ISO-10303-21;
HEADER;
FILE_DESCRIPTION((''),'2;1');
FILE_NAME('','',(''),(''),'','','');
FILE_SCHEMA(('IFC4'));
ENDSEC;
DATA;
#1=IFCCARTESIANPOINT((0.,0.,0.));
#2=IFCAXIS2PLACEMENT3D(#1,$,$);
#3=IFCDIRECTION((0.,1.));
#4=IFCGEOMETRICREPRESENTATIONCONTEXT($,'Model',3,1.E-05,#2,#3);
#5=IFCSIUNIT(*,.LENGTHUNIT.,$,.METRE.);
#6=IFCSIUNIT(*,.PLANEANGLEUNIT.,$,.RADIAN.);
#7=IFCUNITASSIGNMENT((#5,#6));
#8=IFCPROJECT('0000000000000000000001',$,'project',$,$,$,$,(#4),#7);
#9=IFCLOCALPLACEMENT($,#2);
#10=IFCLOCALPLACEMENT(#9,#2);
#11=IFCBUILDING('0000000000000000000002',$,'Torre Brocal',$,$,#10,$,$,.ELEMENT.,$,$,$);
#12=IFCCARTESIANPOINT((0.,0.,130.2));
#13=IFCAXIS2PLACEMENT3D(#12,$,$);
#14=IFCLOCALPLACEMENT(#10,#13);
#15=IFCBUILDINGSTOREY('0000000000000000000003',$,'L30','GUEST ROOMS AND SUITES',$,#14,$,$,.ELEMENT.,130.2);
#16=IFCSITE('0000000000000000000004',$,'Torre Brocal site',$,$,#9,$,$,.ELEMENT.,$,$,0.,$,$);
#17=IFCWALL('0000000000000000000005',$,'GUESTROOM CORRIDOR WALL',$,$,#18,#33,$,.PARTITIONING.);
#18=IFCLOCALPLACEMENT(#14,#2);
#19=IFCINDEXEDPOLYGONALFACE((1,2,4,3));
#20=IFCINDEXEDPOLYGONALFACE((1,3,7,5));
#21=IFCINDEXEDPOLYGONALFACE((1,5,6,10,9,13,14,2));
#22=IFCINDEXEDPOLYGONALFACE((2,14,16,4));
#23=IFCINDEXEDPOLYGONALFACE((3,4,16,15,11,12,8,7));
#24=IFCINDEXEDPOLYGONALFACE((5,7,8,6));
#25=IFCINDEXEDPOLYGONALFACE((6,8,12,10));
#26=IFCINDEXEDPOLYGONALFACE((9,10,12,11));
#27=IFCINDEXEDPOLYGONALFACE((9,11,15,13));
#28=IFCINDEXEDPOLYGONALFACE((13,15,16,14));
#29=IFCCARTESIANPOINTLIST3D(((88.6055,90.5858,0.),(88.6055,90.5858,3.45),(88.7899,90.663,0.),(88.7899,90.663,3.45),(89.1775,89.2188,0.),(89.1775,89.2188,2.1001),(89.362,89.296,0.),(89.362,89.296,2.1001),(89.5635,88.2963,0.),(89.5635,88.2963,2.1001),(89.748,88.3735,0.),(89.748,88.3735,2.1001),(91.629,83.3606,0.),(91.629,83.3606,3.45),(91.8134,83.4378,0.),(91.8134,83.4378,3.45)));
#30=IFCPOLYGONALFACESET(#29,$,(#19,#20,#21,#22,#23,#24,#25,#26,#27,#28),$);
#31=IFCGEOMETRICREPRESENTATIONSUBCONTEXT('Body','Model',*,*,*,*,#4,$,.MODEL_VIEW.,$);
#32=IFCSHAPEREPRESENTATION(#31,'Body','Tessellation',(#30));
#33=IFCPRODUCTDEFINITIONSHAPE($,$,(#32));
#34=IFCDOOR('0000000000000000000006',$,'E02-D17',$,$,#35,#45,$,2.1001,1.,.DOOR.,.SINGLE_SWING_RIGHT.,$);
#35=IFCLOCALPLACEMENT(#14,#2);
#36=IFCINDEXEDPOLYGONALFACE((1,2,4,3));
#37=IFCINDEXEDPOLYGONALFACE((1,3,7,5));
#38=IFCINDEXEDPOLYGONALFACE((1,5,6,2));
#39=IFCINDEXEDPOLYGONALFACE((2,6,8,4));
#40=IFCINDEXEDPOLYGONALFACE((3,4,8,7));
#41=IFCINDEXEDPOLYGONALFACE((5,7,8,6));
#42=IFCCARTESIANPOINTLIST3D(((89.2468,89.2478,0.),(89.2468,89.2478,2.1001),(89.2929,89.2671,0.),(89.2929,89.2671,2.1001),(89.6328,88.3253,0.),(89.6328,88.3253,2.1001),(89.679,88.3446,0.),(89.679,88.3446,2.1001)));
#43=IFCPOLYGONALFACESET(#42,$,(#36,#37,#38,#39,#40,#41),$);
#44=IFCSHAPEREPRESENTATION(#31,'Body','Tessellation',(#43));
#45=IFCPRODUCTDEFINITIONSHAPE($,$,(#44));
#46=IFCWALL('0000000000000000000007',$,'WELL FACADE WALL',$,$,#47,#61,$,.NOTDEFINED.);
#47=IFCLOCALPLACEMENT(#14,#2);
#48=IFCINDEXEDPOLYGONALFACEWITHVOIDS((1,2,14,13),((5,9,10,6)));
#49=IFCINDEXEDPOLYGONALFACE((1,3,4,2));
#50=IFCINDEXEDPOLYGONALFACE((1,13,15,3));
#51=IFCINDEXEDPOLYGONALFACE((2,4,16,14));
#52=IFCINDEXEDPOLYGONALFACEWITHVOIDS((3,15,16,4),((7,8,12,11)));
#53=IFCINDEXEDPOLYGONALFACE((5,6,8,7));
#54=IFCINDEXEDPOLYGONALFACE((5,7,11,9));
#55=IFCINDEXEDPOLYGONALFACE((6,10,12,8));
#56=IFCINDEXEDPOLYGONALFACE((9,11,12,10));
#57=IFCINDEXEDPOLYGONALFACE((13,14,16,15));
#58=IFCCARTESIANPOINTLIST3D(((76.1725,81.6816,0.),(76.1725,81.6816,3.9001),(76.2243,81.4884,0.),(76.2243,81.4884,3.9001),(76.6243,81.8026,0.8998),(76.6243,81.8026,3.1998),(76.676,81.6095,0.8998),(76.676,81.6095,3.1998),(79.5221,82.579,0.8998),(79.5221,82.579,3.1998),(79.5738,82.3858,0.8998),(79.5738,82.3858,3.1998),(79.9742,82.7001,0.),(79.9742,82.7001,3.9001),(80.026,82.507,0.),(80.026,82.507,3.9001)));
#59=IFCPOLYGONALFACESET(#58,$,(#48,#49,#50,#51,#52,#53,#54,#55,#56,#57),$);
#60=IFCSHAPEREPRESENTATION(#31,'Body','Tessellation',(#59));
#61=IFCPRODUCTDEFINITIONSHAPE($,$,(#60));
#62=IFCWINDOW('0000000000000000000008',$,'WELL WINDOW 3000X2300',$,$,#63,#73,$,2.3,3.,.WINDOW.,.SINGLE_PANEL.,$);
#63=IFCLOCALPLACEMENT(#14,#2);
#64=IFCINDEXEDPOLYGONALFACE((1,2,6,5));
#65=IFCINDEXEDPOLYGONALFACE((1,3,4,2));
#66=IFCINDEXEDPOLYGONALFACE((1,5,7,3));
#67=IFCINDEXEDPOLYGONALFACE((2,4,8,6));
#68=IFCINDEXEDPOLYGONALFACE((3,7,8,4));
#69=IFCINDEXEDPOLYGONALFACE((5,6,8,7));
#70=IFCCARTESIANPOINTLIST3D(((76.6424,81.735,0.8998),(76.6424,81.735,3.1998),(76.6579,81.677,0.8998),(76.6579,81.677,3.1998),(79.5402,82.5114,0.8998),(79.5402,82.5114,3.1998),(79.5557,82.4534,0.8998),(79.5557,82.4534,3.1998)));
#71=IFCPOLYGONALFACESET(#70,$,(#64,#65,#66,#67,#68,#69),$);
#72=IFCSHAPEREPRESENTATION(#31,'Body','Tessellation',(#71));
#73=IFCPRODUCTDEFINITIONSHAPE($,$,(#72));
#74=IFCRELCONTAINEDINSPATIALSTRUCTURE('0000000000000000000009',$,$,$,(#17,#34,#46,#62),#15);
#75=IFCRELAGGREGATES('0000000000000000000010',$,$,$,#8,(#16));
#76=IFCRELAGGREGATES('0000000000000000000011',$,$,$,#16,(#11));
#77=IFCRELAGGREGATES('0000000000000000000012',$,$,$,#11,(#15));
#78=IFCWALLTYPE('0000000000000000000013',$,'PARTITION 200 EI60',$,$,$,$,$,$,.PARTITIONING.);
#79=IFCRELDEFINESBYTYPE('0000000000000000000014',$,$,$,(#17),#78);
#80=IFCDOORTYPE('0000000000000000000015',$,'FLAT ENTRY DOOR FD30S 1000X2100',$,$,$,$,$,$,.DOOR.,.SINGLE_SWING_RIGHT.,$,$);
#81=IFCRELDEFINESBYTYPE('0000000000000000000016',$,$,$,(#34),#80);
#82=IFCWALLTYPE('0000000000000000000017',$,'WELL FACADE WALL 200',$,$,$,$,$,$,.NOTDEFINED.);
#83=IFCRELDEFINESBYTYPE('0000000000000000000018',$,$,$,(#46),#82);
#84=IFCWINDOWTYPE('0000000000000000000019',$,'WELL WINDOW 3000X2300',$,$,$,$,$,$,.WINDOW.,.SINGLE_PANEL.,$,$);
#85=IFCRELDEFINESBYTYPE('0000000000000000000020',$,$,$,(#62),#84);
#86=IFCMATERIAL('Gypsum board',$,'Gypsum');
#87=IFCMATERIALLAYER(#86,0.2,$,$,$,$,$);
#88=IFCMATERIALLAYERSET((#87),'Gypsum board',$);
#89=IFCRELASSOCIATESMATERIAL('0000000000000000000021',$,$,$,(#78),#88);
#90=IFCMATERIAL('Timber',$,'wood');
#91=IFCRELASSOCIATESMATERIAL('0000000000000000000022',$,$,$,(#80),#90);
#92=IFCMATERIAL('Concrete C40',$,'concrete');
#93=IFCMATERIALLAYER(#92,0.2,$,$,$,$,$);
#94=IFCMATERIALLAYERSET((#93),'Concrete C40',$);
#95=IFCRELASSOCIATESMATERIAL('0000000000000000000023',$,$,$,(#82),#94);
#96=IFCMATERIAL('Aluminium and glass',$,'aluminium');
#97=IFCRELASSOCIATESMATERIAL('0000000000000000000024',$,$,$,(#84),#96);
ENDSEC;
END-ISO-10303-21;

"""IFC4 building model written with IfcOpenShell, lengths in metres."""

from ifc_helpers import new_model, si_unit, direction, frame, frame_2d, origin, place, context, subcontext, project, spatial, rectangle, extrude, material, layer, layer_set, type_object, element, fill, save


model = new_model("IFC4")

# Units and contexts
model_context = context("Model", 3, precision=1e-05, world=origin(), true_north=direction((0.0, 1.0)))
body_context = subcontext(model_context, "Body", "Model", "MODEL_VIEW")
ifc_project = project(units=[si_unit("LENGTHUNIT", "METRE"), si_unit("PLANEANGLEUNIT", "RADIAN")], contexts=[model_context])

# Site, building, storey
site_placement = place(None, origin())
site = spatial("IfcSite", under=ifc_project, at=site_placement, Name="Torre Brocal site", CompositionType="ELEMENT", RefElevation=0.0)
building_placement = place(site_placement, origin())
building = spatial("IfcBuilding", under=site, at=building_placement, Name="Torre Brocal", CompositionType="ELEMENT")
storey_placement = place(building_placement, frame((0.0, 0.0, 130.2)))
storey = spatial("IfcBuildingStorey", under=building, at=storey_placement, Name="L30", Description="GUEST ROOMS AND SUITES", CompositionType="ELEMENT", Elevation=130.2)

# Shared definitions
ifc_material_1 = material(Name="Gypsum board", Category="Gypsum")
ifc_layer_1 = layer(ifc_material_1, 0.2)
ifc_layer_set_1 = layer_set([ifc_layer_1], Name="Gypsum board")
wall_type_1 = type_object("IfcWallType", Name="PARTITION 200 EI60", PredefinedType="PARTITIONING", material=ifc_layer_set_1)

# Wall, opening, door
wall_1_placement = place(storey_placement, frame((88.6978, 90.6243, 0.0), z_axis=(0.0, 0.0, 1.0), x_axis=(0.386027, -0.922487, 0.0)))
wall_1 = element("IfcWall", 1, at=wall_1_placement, inside=storey, type_object=wall_type_1, Name="GUESTROOM CORRIDOR WALL", PredefinedType="PARTITIONING", context=body_context, shape_type="SweptSolid", body=[
    extrude(rectangle(XDim=7.8323, YDim=0.2, at=frame_2d((3.916, 0.0))), origin(), (0.0, 0.0, 1.0), 3.45),
])
opening_1_placement = place(wall_1_placement, frame((1.4817, 0.0, 0.0)))
opening_1 = element("IfcOpeningElement", 2, at=opening_1_placement, cuts=wall_1, PredefinedType="OPENING", context=body_context, shape_type="SweptSolid", body=[
    extrude(rectangle(XDim=1.0, YDim=2.1001, at=frame_2d((0.5, 1.05))), frame((0.0, 0.1099, 0.0), z_axis=(0.0, -1.0, 0.0), x_axis=(1.0, 0.0, 0.0)), (0.0, 0.0, 1.0), 0.22),
])
ifc_material_2 = material(Name="Timber", Category="wood")
door_type_1 = type_object("IfcDoorType", Name="FLAT ENTRY DOOR FD30S 1000X2100", OperationType="SINGLE_SWING_RIGHT", PredefinedType="DOOR", material=ifc_material_2)
door_1_placement = place(opening_1_placement, frame((1.0, 0.0, 0.0), z_axis=(0.0, 0.0, 1.0), x_axis=(-1.0, 0.0, 0.0)))
door_1 = element("IfcDoor", 3, at=door_1_placement, inside=storey, type_object=door_type_1, Name="E02-D17", OperationType="SINGLE_SWING_RIGHT", OverallHeight=2.1001, OverallWidth=1.0, PredefinedType="DOOR", context=body_context, shape_type="SweptSolid", body=[
    extrude(rectangle(XDim=1.0, YDim=2.1001, at=frame_2d((0.5, 1.05))), frame((0.0, 0.0249, 0.0), z_axis=(0.0, -1.0, 0.0), x_axis=(1.0, 0.0, 0.0)), (0.0, 0.0, 1.0), 0.05),
])
fill(opening_1, door_1)

# Wall, opening, window
ifc_material_3 = material(Name="Concrete C40", Category="concrete")
ifc_layer_2 = layer(ifc_material_3, 0.2)
ifc_layer_set_2 = layer_set([ifc_layer_2], Name="Concrete C40")
wall_type_2 = type_object("IfcWallType", Name="WELL FACADE WALL 200", PredefinedType="NOTDEFINED", material=ifc_layer_set_2)
wall_2_placement = place(storey_placement, frame((80.0, 82.6035, 0.0), z_axis=(0.0, 0.0, 1.0), x_axis=(-0.965934, -0.25879, 0.0)))
wall_2 = element("IfcWall", 4, at=wall_2_placement, inside=storey, type_object=wall_type_2, Name="WELL FACADE WALL", PredefinedType="NOTDEFINED", context=body_context, shape_type="SweptSolid", body=[
    extrude(rectangle(XDim=3.9358, YDim=0.2, at=frame_2d((1.9678, 0.0))), origin(), (0.0, 0.0, 1.0), 3.9001),
])
opening_2_placement = place(wall_2_placement, frame((0.468, 0.0, 0.8999)))
opening_2 = element("IfcOpeningElement", 5, at=opening_2_placement, cuts=wall_2, PredefinedType="OPENING", context=body_context, shape_type="SweptSolid", body=[
    extrude(rectangle(XDim=3.0, YDim=2.3, at=frame_2d((1.5, 1.1499))), frame((0.0, 0.1099, 0.0), z_axis=(0.0, -1.0, 0.0), x_axis=(1.0, 0.0, 0.0)), (0.0, 0.0, 1.0), 0.22),
])
ifc_material_4 = material(Name="Aluminium and glass", Category="aluminium")
window_type = type_object("IfcWindowType", Name="WELL WINDOW 3000X2300", PartitioningType="SINGLE_PANEL", PredefinedType="WINDOW", material=ifc_material_4)
window_placement = place(opening_2_placement, origin())
window = element("IfcWindow", 6, at=window_placement, inside=storey, type_object=window_type, Name="WELL WINDOW 3000X2300", OverallHeight=2.3, OverallWidth=3.0, PartitioningType="SINGLE_PANEL", PredefinedType="WINDOW", context=body_context, shape_type="SweptSolid", body=[
    extrude(rectangle(XDim=3.0, YDim=2.3, at=frame_2d((1.5, 1.1499))), frame((0.0, 0.03, 0.0), z_axis=(0.0, -1.0, 0.0), x_axis=(1.0, 0.0, 0.0)), (0.0, 0.0, 1.0), 0.0601),
])
fill(opening_2, window)

save(model, "model.ifc")
